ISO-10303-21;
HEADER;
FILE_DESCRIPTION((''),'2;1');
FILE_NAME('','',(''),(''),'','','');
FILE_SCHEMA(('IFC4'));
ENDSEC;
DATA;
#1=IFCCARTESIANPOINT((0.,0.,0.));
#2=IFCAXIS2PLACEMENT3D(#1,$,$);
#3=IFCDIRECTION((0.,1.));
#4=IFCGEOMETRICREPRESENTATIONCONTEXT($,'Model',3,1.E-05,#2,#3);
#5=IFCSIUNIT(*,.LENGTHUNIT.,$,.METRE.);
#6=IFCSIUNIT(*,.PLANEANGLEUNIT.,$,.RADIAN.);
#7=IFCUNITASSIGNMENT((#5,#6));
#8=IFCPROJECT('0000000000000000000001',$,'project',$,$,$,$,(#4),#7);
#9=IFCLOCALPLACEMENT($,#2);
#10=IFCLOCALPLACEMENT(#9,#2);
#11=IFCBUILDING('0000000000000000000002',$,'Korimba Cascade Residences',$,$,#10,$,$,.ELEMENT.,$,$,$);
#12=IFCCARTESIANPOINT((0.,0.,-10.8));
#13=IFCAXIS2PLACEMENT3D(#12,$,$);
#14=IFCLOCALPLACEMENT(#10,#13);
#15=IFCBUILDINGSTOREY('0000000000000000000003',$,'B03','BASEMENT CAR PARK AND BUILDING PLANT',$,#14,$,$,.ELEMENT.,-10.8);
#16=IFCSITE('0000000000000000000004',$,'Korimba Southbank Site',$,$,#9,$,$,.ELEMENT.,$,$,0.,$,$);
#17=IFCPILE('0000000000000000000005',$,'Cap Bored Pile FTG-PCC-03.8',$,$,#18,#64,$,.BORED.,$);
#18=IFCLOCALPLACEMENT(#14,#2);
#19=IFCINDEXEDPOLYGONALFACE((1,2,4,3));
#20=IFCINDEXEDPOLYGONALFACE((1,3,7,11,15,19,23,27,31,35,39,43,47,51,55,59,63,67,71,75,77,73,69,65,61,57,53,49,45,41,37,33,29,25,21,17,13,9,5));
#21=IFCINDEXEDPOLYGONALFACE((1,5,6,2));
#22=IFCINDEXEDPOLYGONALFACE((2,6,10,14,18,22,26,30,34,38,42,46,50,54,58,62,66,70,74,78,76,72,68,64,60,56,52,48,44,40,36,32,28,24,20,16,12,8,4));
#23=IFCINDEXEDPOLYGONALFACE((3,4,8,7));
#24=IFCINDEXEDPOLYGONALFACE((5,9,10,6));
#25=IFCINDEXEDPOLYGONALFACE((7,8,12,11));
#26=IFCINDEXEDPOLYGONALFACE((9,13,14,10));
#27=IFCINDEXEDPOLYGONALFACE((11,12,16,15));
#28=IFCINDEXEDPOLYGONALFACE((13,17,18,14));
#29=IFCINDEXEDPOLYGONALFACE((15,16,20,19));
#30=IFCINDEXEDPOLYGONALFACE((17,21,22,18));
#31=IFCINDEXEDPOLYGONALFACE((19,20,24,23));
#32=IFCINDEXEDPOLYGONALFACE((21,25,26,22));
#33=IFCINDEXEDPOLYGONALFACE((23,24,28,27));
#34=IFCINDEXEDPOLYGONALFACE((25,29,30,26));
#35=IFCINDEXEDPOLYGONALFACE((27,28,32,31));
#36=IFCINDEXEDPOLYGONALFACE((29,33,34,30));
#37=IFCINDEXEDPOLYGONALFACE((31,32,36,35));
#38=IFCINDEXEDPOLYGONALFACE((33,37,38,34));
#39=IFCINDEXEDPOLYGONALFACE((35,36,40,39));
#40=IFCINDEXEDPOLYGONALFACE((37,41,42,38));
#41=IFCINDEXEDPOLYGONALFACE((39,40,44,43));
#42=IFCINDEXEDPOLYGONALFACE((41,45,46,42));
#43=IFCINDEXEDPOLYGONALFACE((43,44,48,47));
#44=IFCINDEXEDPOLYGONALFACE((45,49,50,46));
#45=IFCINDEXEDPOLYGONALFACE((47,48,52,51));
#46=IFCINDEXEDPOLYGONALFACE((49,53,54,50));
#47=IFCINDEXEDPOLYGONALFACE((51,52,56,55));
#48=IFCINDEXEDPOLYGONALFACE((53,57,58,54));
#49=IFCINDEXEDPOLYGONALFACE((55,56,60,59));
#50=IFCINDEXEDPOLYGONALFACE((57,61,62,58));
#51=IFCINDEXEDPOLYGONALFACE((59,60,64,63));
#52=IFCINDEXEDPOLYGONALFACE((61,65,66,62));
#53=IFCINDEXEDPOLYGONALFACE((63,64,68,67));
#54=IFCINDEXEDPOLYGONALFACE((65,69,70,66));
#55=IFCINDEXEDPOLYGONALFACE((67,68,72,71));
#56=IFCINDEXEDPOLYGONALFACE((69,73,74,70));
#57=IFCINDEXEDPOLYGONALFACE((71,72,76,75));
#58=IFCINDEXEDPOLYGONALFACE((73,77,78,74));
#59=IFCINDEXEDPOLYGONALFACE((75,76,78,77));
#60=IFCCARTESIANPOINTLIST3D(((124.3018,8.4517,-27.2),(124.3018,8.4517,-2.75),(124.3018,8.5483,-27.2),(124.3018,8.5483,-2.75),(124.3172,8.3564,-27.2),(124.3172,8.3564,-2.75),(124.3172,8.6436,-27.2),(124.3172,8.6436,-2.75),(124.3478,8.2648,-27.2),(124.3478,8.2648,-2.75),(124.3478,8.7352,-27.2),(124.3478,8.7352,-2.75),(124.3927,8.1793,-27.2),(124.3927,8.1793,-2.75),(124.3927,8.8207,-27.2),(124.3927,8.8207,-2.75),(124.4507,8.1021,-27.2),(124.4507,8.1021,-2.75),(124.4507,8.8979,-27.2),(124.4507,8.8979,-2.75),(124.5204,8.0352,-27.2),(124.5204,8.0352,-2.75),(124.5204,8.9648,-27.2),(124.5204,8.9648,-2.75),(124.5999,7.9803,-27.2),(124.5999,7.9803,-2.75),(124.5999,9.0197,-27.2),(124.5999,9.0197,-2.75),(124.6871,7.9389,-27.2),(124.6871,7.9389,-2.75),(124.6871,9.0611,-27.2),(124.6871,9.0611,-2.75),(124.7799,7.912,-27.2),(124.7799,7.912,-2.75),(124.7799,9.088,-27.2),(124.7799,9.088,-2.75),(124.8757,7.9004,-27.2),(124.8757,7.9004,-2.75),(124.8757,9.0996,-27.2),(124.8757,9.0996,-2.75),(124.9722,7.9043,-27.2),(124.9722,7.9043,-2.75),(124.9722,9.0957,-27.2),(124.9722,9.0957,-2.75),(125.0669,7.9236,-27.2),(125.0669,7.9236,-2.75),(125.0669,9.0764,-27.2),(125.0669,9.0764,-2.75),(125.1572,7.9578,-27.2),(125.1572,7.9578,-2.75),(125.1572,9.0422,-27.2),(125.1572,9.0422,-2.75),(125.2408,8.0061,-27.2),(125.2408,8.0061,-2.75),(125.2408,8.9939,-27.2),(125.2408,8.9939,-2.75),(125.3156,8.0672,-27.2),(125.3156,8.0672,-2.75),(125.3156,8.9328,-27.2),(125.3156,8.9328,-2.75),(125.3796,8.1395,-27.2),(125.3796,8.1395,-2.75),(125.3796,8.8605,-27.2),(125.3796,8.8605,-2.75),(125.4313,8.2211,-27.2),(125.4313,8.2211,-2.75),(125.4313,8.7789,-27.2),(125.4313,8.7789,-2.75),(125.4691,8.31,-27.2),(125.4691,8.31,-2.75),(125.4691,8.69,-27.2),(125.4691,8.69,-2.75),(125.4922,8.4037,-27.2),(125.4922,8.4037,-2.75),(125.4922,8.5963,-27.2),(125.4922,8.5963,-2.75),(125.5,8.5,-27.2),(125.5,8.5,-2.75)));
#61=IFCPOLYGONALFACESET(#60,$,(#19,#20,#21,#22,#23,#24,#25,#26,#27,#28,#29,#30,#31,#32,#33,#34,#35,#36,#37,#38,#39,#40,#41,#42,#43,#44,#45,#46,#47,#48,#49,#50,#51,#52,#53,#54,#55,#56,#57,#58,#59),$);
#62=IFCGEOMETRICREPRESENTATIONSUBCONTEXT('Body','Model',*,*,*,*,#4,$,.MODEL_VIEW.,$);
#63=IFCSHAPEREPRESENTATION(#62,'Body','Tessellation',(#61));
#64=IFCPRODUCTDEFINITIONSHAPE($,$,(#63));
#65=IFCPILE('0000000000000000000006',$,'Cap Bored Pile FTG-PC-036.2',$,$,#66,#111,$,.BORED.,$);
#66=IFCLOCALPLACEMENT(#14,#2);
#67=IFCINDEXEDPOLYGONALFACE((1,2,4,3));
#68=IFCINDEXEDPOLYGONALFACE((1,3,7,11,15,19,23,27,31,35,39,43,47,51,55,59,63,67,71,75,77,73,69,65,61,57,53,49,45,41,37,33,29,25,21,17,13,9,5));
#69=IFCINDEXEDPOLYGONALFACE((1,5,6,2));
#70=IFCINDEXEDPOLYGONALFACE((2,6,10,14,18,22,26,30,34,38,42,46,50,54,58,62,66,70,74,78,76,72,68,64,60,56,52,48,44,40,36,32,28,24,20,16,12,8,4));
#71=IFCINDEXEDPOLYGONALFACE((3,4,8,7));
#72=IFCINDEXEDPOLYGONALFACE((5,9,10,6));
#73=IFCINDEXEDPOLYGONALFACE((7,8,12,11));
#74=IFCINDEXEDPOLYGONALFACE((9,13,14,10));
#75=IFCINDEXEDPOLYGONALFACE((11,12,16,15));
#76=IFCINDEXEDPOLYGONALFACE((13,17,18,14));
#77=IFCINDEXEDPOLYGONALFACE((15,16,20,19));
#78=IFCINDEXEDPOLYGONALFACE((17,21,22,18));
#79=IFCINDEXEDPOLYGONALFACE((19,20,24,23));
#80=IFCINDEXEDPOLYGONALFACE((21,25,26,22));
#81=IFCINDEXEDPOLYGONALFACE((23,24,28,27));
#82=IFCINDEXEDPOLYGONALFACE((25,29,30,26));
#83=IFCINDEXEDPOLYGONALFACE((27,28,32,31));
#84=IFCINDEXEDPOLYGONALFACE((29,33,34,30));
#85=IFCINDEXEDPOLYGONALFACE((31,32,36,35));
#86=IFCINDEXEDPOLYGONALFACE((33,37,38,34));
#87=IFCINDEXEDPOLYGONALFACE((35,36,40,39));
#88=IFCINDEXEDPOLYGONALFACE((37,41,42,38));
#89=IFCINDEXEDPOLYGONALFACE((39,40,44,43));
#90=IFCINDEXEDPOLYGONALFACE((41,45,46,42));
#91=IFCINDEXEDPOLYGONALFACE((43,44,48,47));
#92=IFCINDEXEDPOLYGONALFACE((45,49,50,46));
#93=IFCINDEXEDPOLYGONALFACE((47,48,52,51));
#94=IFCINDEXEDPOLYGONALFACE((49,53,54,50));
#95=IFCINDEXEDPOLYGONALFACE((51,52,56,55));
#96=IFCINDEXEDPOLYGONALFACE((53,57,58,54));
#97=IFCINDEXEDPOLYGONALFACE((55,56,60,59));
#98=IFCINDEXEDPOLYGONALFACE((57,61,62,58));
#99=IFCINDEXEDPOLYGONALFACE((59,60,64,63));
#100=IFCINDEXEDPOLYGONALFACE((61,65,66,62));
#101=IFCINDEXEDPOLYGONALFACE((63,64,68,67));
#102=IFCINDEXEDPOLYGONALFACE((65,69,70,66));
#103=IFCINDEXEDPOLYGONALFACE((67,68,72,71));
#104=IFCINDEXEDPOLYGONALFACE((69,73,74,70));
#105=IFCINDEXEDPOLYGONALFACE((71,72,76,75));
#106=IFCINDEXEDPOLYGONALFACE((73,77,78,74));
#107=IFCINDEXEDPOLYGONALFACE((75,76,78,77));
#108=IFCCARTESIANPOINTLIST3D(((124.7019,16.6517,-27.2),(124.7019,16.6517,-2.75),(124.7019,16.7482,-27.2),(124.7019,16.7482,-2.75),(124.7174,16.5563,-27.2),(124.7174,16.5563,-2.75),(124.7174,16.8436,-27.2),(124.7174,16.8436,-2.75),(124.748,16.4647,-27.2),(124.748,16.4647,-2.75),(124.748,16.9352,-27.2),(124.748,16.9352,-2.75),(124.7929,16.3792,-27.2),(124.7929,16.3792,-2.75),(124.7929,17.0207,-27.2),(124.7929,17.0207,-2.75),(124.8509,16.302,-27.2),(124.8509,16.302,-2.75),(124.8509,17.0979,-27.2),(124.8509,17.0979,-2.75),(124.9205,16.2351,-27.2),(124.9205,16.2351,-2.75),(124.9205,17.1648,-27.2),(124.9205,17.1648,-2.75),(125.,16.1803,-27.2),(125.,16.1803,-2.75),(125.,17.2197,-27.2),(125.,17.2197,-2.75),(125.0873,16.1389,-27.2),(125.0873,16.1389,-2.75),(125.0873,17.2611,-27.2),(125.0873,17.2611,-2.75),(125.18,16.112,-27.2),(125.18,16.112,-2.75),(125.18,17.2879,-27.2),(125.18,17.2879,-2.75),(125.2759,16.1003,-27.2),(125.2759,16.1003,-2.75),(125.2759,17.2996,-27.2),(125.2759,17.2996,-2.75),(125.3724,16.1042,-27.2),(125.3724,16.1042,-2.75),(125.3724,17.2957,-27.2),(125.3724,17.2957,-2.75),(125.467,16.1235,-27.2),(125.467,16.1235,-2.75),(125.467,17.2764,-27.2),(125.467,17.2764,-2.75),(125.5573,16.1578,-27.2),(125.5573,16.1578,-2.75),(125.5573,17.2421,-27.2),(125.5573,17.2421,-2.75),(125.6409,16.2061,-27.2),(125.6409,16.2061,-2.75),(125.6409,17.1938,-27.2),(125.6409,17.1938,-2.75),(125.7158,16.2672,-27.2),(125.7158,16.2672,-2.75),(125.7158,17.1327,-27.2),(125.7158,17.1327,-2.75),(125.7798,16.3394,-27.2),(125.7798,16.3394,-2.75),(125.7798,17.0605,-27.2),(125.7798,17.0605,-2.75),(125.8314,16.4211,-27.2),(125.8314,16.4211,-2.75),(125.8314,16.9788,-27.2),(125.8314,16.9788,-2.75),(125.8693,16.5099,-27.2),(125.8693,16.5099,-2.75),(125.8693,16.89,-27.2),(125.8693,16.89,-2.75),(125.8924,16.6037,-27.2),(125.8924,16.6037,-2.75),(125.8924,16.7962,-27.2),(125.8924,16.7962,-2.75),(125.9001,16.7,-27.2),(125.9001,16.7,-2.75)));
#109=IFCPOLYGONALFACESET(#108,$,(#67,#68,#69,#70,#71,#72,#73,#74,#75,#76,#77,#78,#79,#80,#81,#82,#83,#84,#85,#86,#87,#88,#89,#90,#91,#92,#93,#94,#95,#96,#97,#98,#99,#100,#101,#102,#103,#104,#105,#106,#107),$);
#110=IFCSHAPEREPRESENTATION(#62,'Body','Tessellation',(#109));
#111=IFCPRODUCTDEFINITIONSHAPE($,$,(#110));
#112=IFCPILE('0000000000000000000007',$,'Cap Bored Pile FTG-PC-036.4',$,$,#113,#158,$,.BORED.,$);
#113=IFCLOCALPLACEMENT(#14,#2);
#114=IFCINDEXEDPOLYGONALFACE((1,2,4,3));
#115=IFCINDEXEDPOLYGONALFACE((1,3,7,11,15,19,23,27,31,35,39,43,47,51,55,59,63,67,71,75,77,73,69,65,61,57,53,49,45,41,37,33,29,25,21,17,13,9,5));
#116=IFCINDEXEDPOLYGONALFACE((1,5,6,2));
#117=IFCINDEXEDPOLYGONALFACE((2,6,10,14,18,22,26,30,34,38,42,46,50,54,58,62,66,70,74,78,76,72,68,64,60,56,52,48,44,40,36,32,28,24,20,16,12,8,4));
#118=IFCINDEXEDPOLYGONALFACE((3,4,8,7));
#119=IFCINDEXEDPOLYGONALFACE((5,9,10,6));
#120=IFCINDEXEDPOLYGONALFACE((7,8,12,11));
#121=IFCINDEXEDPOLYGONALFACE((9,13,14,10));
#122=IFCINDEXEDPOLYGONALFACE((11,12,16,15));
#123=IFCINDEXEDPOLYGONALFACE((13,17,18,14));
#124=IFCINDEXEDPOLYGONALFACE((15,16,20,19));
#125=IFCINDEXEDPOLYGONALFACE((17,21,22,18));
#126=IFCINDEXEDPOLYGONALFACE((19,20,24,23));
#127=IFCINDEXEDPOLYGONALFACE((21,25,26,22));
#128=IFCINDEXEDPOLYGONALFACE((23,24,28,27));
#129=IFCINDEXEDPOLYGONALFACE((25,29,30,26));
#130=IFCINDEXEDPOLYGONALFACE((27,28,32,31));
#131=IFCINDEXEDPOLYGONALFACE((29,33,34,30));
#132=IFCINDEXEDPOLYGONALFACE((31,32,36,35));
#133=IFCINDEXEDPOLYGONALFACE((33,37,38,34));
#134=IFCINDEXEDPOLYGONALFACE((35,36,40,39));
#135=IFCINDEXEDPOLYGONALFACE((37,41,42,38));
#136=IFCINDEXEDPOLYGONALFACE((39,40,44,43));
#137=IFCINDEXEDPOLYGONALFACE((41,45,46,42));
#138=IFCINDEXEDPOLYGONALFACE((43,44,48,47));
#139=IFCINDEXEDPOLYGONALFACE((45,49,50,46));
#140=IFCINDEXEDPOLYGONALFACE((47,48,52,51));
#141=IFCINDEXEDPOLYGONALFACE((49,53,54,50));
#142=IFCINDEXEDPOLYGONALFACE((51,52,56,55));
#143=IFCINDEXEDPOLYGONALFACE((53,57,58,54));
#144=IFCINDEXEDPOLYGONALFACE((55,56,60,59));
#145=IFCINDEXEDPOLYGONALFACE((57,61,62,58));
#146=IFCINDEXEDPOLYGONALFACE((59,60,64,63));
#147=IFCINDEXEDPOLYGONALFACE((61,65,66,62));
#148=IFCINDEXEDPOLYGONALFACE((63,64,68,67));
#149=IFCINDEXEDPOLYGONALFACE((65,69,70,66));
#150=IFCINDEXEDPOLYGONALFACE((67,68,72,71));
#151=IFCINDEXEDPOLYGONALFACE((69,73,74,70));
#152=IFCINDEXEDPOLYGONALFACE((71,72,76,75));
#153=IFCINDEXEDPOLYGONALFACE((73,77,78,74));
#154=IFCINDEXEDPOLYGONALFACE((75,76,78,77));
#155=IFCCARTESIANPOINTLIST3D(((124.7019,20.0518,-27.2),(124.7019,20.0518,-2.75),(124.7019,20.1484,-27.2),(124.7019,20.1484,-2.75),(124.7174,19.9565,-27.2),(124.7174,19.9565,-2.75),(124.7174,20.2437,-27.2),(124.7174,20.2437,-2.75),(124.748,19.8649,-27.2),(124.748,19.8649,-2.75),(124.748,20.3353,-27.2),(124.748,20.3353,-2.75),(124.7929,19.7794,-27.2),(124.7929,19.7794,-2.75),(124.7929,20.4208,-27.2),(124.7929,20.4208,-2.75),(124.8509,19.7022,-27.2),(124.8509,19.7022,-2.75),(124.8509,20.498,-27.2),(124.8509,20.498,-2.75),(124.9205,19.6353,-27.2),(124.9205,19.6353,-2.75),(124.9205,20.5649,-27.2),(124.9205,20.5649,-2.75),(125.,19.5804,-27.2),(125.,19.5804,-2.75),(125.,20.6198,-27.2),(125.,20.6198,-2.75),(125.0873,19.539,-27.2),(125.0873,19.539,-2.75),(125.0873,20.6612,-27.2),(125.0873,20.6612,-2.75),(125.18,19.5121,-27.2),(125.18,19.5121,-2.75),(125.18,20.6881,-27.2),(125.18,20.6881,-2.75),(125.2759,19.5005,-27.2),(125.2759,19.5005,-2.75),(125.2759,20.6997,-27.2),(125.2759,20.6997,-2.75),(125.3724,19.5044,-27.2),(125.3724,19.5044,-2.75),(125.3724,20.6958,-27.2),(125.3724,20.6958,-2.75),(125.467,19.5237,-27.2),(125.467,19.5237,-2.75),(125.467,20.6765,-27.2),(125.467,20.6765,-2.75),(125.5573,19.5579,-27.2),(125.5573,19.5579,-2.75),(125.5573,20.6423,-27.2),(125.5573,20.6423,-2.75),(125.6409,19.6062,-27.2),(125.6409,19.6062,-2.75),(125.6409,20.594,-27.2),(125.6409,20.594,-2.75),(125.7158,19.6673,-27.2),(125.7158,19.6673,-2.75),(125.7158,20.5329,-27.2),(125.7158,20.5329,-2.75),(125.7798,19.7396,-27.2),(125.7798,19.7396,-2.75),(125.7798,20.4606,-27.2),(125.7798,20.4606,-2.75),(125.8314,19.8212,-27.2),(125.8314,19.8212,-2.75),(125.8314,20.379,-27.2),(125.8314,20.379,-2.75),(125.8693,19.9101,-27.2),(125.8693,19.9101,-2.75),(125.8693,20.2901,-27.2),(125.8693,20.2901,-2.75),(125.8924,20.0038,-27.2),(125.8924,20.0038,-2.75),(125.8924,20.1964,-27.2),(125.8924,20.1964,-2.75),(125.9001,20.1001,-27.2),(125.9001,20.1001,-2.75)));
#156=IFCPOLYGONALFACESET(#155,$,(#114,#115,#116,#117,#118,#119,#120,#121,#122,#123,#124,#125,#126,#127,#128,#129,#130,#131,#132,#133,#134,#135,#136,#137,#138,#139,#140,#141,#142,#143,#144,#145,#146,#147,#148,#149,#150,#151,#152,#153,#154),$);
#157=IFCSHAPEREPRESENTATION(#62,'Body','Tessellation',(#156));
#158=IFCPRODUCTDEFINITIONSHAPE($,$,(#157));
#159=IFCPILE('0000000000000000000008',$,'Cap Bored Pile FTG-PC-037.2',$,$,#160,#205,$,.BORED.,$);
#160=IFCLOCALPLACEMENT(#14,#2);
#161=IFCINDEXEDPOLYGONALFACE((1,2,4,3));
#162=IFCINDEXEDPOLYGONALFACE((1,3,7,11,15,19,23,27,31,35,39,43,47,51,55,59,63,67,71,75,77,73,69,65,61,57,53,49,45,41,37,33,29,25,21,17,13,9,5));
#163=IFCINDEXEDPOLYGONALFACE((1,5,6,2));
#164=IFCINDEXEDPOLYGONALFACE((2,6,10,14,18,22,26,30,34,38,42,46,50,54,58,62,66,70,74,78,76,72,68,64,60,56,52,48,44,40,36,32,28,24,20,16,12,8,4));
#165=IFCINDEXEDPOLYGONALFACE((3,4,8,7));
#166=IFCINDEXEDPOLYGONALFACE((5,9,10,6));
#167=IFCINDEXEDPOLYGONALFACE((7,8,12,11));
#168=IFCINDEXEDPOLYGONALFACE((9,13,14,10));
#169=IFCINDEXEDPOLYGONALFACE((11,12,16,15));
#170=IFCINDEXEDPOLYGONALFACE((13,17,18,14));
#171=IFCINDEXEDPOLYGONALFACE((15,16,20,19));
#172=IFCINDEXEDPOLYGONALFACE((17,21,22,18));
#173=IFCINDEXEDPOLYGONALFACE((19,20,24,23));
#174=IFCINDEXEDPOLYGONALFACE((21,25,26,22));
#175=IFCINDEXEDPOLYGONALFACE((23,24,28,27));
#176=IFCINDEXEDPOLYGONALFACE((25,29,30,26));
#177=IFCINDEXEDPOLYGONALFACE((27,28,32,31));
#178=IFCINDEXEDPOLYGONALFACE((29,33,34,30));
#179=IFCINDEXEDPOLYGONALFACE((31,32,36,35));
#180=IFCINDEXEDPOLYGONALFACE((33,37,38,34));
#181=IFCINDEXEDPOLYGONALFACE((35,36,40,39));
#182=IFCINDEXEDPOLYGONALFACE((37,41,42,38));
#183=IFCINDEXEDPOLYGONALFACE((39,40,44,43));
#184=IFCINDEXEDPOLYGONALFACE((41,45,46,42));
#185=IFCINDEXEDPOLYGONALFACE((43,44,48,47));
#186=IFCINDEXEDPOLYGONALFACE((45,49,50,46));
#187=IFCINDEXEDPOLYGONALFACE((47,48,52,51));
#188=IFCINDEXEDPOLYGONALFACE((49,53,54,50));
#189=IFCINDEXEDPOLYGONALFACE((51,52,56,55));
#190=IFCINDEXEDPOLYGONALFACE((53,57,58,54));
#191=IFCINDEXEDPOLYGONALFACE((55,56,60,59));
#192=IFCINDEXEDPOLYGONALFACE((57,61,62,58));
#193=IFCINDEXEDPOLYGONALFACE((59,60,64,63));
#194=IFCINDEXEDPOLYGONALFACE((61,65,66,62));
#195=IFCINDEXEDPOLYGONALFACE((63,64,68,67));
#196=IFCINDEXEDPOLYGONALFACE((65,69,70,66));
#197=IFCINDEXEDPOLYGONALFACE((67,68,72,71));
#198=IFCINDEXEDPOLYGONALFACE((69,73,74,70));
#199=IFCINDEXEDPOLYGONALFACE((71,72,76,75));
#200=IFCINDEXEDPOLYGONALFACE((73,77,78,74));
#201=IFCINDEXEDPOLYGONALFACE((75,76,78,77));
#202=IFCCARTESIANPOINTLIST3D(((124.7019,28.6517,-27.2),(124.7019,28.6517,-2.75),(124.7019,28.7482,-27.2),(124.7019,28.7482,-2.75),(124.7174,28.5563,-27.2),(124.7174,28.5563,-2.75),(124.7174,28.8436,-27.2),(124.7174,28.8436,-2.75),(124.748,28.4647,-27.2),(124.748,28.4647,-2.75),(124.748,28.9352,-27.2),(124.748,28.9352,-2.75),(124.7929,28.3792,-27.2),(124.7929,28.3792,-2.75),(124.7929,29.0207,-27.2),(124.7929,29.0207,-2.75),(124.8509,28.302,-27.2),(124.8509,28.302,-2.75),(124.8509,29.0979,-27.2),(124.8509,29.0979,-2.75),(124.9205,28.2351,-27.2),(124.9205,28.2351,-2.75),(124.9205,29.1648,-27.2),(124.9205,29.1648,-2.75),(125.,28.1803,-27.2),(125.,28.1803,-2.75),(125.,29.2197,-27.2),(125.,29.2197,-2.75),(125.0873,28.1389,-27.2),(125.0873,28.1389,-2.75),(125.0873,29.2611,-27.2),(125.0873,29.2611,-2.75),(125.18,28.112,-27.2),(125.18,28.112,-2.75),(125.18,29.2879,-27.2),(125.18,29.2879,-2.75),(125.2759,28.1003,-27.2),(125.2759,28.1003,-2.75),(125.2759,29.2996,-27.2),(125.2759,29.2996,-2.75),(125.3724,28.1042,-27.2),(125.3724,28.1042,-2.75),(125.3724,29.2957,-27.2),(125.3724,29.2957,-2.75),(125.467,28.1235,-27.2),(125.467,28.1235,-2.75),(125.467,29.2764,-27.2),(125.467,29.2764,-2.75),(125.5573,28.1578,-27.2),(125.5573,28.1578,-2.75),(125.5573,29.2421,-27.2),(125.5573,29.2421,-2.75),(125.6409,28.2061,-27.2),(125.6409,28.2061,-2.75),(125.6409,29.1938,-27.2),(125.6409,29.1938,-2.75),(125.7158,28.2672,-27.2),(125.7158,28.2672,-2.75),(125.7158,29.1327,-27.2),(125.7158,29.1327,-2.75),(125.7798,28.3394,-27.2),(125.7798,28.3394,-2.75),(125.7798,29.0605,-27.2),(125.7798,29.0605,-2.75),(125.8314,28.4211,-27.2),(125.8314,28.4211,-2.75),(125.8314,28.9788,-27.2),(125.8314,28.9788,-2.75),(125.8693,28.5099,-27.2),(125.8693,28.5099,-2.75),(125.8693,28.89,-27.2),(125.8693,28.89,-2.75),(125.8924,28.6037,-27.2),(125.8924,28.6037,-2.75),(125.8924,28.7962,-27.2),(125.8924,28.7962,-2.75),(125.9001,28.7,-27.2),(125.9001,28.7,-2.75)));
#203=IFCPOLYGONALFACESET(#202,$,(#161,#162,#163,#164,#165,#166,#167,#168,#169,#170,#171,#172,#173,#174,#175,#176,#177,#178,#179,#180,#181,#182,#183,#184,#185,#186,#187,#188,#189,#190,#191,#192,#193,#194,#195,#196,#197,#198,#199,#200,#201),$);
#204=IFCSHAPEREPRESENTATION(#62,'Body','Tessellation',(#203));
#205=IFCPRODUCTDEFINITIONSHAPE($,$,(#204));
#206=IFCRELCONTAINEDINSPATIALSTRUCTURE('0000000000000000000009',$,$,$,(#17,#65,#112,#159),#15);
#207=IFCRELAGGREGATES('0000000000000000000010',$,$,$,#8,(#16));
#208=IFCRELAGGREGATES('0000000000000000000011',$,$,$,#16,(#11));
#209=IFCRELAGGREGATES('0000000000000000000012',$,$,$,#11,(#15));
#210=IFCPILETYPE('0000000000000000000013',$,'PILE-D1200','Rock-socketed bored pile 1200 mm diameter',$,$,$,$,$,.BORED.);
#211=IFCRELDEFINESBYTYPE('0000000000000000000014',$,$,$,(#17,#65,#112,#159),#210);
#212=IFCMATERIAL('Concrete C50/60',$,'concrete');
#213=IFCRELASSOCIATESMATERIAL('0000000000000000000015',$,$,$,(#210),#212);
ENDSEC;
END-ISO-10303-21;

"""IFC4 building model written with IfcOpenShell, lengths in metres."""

from ifc_helpers import new_model, si_unit, direction, frame, origin, origin_2d, place, context, subcontext, project, spatial, circle, extrude, material, material_profile, profile_set, type_object, element, save


model = new_model("IFC4")

# Units and contexts
model_context = context("Model", 3, precision=1e-05, world=origin(), true_north=direction((0.0, 1.0)))
body_context = subcontext(model_context, "Body", "Model", "MODEL_VIEW")
ifc_project = project(units=[si_unit("LENGTHUNIT", "METRE"), si_unit("PLANEANGLEUNIT", "RADIAN")], contexts=[model_context])

# Site, building, storey
site_placement = place(None, origin())
site = spatial("IfcSite", under=ifc_project, at=site_placement, Name="Korimba Southbank Site", CompositionType="ELEMENT", RefElevation=0.0)
building_placement = place(site_placement, origin())
building = spatial("IfcBuilding", under=site, at=building_placement, Name="Korimba Cascade Residences", CompositionType="ELEMENT")
storey_placement = place(building_placement, frame((0.0, 0.0, -10.8)))
storey = spatial("IfcBuildingStorey", under=building, at=storey_placement, Name="B03", Description="BASEMENT CAR PARK AND BUILDING PLANT", CompositionType="ELEMENT", Elevation=-10.8)

# Piles
ifc_material_1 = material(Name="Concrete C50/60", Category="concrete")
ifc_material_profile_1 = material_profile(ifc_material_1, circle(Radius=0.6001, at=origin_2d()), Name="Concrete C50/60")
ifc_profile_set_1 = profile_set([ifc_material_profile_1], Name="Concrete C50/60")
pile_type = type_object("IfcPileType", Name="PILE-D1200", Description="Rock-socketed bored pile 1200 mm diameter", PredefinedType="BORED", material=ifc_profile_set_1)
for number, where, z_axis, x_axis, name in (
    (1, (124.8999, 8.5, -2.75), (0.0, 0.0, -1.0), (1.0, 0.0, 0.0), "Cap Bored Pile FTG-PCC-03.8"),
    (2, (125.3, 16.7, -2.75), (0.0, 0.0, -1.0), (1.0, 0.0, 0.0), "Cap Bored Pile FTG-PC-036.2"),
    (3, (125.3, 20.1001, -2.75), (0.0, 0.0, -1.0), (1.0, 0.0, 0.0), "Cap Bored Pile FTG-PC-036.4"),
    (4, (125.3, 28.7, -2.75), (0.0, 0.0, -1.0), (1.0, 0.0, 0.0), "Cap Bored Pile FTG-PC-037.2"),
):
    element("IfcPile", number, at=place(storey_placement, frame(where, z_axis=z_axis, x_axis=x_axis)), inside=storey, type_object=pile_type, Name=name, PredefinedType="BORED", context=body_context, shape_type="SweptSolid", body=[
        extrude(circle(Radius=0.6001, at=origin_2d()), origin(), (0.0, 0.0, 1.0), 24.45),
    ])

save(model, "model.ifc")
